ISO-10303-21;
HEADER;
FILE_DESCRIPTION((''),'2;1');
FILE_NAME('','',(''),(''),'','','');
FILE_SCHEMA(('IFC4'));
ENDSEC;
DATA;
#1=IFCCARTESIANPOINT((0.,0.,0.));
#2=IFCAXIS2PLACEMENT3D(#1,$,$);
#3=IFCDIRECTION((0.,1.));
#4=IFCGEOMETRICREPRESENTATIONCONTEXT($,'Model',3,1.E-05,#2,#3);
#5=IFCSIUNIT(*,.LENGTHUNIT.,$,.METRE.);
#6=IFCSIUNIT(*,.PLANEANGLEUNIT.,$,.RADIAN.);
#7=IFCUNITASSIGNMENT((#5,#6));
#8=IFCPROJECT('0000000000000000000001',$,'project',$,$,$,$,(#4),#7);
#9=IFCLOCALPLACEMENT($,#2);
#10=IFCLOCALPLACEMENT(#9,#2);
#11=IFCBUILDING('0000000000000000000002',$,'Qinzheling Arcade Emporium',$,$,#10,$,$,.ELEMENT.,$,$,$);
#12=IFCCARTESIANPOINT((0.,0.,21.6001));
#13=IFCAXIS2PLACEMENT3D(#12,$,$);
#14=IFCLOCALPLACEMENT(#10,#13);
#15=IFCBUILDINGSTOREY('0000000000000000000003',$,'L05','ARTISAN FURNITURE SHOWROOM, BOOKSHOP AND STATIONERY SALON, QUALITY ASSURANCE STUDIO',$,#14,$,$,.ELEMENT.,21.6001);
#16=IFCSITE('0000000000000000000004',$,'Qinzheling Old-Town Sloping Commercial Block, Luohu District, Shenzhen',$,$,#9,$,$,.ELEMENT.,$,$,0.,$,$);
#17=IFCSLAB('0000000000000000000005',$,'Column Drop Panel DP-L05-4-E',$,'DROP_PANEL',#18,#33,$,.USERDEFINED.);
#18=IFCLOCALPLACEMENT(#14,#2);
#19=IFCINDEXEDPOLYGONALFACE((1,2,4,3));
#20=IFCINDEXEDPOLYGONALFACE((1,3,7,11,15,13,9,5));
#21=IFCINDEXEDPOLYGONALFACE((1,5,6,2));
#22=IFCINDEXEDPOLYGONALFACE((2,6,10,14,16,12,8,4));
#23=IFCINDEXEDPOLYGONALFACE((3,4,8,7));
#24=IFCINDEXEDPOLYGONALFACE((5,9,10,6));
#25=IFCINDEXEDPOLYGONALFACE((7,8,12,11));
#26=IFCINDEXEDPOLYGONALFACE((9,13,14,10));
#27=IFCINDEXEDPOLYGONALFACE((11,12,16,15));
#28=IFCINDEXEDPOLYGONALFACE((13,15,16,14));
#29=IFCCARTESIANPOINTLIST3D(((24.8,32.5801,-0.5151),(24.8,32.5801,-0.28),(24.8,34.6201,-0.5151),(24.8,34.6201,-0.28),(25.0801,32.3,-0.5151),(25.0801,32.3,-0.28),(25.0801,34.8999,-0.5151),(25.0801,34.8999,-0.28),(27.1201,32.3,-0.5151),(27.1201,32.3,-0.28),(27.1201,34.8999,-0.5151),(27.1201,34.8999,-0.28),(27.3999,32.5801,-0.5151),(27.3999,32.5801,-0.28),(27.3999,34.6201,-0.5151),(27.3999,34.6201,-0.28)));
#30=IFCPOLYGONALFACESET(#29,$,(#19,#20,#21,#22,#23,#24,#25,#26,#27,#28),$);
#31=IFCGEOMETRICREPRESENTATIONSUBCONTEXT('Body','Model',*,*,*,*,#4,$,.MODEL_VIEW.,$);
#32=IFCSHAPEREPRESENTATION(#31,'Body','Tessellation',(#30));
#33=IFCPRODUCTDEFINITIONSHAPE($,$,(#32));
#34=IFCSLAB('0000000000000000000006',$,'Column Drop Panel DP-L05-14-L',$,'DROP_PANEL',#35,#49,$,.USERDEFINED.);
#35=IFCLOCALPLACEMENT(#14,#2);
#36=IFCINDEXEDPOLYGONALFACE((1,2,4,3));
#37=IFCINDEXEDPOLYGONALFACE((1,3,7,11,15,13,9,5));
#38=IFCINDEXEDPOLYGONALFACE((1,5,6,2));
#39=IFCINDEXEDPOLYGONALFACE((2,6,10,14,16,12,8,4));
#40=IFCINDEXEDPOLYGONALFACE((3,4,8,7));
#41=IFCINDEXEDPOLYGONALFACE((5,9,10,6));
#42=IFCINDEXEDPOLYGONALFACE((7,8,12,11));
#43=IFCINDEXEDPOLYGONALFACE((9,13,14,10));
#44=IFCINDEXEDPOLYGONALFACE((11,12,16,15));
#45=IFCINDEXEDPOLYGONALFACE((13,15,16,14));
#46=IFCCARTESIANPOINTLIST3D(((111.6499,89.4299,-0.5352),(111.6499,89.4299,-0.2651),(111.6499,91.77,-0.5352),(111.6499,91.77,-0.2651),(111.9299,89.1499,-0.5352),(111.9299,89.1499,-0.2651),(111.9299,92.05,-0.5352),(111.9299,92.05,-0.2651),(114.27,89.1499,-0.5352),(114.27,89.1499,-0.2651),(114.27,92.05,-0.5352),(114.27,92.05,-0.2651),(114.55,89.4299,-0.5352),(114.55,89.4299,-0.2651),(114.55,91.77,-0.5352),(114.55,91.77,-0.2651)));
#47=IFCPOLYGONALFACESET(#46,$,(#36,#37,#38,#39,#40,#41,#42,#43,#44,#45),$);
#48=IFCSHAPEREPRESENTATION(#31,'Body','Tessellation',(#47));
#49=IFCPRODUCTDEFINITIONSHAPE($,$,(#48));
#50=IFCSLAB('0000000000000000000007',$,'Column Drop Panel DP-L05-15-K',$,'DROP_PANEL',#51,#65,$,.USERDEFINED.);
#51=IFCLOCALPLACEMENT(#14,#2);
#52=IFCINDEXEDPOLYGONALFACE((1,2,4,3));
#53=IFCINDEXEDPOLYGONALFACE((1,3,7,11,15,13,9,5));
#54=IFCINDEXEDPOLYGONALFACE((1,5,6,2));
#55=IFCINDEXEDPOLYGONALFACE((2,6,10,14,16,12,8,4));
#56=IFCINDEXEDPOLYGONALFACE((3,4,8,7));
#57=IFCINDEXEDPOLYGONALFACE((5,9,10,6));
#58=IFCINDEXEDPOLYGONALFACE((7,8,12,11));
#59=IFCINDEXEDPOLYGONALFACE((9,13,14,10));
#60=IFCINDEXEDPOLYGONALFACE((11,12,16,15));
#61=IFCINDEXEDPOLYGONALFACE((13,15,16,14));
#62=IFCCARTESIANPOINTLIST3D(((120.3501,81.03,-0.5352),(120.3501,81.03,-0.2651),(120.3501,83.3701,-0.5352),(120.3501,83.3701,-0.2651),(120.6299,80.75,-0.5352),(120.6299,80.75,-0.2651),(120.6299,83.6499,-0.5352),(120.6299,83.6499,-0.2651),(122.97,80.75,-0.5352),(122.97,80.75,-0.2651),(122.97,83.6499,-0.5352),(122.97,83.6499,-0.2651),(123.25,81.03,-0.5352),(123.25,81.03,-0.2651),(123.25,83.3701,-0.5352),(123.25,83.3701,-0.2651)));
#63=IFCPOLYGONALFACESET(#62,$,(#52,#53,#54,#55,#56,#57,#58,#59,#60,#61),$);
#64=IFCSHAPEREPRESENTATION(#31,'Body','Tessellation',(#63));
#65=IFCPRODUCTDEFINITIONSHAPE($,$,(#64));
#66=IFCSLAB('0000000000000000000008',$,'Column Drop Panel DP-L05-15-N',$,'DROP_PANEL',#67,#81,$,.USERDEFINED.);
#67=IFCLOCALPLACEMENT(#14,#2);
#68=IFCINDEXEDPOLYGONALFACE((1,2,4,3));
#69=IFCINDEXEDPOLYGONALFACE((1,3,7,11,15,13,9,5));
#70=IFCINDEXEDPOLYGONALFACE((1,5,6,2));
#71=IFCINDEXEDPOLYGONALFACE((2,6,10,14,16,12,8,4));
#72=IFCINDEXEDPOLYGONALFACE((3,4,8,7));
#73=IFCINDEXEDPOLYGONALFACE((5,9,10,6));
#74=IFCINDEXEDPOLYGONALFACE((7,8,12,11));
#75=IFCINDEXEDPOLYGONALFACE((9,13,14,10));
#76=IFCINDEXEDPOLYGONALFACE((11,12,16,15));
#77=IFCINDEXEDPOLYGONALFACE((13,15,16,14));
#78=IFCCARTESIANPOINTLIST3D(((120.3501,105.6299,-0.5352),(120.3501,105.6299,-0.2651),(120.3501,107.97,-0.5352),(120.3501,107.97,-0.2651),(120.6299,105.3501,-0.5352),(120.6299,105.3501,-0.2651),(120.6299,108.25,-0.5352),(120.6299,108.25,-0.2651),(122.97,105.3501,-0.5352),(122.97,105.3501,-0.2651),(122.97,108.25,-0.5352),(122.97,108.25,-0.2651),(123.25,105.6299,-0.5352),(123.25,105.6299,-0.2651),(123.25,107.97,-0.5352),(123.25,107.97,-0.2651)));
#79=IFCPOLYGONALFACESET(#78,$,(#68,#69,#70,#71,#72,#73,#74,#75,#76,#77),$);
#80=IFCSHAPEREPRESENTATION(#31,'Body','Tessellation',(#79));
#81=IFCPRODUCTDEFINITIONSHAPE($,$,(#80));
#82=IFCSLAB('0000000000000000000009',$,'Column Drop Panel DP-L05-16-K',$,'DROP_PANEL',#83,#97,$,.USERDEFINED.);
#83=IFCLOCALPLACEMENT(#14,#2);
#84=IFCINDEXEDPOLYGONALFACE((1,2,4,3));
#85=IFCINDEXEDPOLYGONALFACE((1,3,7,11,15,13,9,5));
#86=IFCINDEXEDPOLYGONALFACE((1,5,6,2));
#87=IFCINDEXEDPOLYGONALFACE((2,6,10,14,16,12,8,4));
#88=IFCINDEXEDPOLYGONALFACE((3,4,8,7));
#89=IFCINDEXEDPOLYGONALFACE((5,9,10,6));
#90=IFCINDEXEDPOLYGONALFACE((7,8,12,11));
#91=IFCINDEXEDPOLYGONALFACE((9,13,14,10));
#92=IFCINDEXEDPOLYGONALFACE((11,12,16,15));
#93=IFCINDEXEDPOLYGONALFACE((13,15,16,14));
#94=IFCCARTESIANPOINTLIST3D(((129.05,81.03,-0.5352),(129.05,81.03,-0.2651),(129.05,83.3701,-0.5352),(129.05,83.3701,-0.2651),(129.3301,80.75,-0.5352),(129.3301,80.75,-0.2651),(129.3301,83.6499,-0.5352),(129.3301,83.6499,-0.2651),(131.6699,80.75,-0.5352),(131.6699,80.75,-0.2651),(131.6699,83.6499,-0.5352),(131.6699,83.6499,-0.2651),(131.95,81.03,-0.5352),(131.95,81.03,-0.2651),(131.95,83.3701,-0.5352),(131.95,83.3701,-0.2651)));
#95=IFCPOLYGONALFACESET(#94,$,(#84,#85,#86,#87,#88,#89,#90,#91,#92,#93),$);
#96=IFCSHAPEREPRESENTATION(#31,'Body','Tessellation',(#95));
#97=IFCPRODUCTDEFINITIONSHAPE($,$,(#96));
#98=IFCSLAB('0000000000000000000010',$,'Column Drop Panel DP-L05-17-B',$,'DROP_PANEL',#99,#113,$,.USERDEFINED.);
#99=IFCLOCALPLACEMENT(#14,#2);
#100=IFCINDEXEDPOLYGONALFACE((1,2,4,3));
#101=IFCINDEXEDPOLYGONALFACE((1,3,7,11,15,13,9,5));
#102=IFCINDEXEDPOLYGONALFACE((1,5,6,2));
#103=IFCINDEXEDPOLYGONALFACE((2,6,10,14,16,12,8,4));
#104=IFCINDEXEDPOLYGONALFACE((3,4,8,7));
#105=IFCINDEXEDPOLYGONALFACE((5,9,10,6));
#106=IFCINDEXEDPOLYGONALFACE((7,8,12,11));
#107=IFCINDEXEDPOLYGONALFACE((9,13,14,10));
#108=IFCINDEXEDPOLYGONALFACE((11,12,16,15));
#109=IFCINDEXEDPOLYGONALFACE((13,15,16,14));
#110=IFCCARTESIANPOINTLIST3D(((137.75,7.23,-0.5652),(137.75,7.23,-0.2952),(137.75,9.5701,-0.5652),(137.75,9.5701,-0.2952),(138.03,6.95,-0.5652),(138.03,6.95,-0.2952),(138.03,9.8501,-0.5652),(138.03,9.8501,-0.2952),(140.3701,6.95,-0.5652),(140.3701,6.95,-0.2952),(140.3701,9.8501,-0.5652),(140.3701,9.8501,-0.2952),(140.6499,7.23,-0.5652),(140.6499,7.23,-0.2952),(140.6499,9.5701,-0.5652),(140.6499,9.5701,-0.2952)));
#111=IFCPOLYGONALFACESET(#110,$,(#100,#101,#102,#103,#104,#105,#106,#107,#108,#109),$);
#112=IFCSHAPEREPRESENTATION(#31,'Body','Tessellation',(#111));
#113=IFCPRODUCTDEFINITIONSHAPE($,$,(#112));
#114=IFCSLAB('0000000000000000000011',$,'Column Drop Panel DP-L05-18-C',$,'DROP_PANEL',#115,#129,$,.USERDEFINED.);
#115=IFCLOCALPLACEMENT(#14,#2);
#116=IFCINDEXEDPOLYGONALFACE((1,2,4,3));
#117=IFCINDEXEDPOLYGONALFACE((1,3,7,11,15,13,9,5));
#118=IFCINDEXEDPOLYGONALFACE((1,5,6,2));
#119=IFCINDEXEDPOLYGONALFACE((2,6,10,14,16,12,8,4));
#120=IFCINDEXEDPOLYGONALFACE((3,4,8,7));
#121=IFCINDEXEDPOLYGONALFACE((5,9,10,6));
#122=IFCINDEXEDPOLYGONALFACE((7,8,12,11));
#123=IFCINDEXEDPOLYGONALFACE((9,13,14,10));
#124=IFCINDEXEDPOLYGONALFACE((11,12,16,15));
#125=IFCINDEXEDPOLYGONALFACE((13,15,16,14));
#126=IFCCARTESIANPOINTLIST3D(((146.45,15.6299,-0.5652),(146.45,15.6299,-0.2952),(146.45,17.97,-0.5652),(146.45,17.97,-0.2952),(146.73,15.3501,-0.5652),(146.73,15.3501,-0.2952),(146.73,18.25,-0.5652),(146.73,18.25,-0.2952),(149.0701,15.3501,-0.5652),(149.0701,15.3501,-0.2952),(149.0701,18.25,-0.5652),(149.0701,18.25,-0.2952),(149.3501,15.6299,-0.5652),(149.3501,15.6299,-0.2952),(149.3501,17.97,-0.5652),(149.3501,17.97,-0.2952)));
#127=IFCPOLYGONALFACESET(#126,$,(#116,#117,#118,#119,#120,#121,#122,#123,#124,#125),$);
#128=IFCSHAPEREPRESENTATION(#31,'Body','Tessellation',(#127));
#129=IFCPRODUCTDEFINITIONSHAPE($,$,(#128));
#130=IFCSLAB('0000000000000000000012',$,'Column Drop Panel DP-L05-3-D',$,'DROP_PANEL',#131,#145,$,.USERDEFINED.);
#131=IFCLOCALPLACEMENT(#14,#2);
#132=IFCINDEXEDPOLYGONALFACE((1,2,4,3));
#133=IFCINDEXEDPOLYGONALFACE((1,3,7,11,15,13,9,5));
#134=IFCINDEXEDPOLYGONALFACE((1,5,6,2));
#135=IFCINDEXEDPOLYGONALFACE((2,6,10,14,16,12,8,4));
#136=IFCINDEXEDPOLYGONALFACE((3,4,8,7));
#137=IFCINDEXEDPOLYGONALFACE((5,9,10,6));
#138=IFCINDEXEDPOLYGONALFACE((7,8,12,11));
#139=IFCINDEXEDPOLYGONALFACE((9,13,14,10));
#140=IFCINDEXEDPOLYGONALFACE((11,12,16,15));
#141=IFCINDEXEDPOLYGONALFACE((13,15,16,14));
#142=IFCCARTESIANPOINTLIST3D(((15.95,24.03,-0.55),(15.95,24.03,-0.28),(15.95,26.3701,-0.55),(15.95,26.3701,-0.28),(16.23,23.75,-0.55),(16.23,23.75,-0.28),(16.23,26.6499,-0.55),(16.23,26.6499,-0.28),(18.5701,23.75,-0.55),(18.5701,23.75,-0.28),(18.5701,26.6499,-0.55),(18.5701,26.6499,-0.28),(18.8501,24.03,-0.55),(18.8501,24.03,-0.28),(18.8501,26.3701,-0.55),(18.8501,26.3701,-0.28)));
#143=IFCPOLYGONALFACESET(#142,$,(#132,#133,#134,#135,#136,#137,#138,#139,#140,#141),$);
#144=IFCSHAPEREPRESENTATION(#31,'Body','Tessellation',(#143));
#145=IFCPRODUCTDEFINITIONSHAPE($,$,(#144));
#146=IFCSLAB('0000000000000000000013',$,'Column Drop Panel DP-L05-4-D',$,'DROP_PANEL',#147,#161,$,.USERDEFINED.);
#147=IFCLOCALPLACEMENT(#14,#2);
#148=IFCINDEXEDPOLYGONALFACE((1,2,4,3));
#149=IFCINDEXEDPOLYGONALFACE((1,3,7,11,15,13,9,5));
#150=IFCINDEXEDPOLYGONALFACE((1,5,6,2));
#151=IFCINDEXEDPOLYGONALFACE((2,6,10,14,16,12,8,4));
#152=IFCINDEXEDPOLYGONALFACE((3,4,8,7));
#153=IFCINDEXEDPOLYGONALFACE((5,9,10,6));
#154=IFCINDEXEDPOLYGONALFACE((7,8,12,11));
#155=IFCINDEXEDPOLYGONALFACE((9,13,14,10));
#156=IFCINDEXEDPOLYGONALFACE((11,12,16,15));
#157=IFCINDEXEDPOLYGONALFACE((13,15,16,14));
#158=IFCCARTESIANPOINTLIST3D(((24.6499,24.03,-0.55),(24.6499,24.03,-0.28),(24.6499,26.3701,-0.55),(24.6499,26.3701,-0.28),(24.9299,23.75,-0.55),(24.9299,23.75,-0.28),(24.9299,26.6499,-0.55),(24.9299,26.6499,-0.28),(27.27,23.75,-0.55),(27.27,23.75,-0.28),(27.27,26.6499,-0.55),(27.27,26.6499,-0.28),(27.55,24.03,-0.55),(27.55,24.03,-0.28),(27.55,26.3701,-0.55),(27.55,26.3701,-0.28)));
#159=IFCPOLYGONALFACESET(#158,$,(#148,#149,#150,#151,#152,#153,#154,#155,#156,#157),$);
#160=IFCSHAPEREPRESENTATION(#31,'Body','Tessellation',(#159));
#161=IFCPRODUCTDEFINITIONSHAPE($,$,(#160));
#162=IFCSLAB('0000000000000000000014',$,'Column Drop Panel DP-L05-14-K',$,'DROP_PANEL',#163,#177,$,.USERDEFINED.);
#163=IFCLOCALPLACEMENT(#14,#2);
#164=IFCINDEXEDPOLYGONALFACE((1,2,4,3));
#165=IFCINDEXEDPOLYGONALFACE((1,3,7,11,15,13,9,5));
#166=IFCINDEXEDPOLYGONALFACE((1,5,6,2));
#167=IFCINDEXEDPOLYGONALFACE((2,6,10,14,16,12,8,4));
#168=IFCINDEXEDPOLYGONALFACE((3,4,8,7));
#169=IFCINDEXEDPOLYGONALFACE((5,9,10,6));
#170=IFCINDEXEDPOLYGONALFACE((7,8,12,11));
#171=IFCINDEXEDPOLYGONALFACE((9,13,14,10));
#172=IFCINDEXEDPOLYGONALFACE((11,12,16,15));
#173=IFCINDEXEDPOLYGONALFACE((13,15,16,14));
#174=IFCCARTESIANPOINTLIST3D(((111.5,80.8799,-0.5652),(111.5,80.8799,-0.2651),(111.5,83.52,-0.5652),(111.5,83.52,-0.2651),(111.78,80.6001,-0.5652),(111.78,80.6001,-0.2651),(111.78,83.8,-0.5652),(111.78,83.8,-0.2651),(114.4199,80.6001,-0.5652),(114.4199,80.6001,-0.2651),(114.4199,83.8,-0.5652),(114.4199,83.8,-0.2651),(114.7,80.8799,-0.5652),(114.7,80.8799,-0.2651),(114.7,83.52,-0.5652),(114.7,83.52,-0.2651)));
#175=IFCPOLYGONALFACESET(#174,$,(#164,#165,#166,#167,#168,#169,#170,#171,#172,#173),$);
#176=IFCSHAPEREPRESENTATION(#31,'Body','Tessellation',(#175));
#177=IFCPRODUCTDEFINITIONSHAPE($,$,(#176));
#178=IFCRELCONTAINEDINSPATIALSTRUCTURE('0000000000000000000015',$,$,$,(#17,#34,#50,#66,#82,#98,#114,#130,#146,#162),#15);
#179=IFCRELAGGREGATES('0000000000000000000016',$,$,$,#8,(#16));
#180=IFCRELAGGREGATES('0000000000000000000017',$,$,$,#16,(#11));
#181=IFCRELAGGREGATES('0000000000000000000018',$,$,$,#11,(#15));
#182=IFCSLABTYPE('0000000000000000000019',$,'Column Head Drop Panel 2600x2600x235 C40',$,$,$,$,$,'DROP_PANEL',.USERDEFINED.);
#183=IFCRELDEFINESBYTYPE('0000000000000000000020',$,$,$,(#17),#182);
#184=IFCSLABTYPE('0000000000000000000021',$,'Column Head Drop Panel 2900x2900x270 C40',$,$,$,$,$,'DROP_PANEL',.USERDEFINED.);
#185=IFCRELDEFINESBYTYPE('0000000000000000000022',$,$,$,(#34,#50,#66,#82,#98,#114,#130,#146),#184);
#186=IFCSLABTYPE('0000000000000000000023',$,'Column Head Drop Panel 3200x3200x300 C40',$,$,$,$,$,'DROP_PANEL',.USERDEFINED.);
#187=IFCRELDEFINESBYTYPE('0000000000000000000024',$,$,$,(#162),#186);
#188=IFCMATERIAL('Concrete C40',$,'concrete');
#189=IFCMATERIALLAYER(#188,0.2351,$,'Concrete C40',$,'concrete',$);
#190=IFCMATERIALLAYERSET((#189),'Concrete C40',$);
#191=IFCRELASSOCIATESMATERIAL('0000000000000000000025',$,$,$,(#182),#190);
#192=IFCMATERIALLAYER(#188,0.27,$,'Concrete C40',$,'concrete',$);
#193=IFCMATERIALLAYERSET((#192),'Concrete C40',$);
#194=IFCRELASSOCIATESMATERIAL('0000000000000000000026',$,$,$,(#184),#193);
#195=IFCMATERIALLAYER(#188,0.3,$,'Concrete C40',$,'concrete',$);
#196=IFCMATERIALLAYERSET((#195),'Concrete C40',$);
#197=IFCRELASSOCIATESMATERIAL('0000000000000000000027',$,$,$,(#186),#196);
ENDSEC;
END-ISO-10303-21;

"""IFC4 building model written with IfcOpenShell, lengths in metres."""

from ifc_helpers import new_model, si_unit, direction, frame, origin, place, context, subcontext, project, spatial, polyline, outline, extrude, material, layer, layer_set, type_object, element, save


model = new_model("IFC4")

# Units and contexts
model_context = context("Model", 3, precision=1e-05, world=origin(), true_north=direction((0.0, 1.0)))
body_context = subcontext(model_context, "Body", "Model", "MODEL_VIEW")
ifc_project = project(units=[si_unit("LENGTHUNIT", "METRE"), si_unit("PLANEANGLEUNIT", "RADIAN")], contexts=[model_context])

# Site, building, storey
site_placement = place(None, origin())
site = spatial("IfcSite", under=ifc_project, at=site_placement, Name="Qinzheling Old-Town Sloping Commercial Block, Luohu District, Shenzhen", CompositionType="ELEMENT", RefElevation=0.0)
building_placement = place(site_placement, origin())
building = spatial("IfcBuilding", under=site, at=building_placement, Name="Qinzheling Arcade Emporium", CompositionType="ELEMENT")
storey_placement = place(building_placement, frame((0.0, 0.0, 21.6001)))
storey = spatial("IfcBuildingStorey", under=building, at=storey_placement, Name="L05", Description="ARTISAN FURNITURE SHOWROOM, BOOKSHOP AND STATIONERY SALON, QUALITY ASSURANCE STUDIO", CompositionType="ELEMENT", Elevation=21.6001)

# Slabs
ifc_material = material(Name="Concrete C40", Category="concrete")
ifc_layer_1 = layer(ifc_material, 0.2351, Name="Concrete C40", Category="concrete")
ifc_layer_set_1 = layer_set([ifc_layer_1], Name="Concrete C40")
slab_type_1 = type_object("IfcSlabType", Name="Column Head Drop Panel 2600x2600x235 C40", ElementType="DROP_PANEL", PredefinedType="USERDEFINED", material=ifc_layer_set_1)
slab_1_placement = place(storey_placement, frame((0.0, 0.0, -0.5151)))
element("IfcSlab", 1, at=slab_1_placement, inside=storey, type_object=slab_type_1, Name="Column Drop Panel DP-L05-4-E", ObjectType="DROP_PANEL", PredefinedType="USERDEFINED", context=body_context, shape_type="SweptSolid", body=[
    extrude(outline(polyline([(25.0801, 32.3), (27.1201, 32.3), (27.3999, 32.5801), (27.3999, 34.6201), (27.1201, 34.8999), (25.0801, 34.8999), (24.8, 34.6201), (24.8, 32.5801), (25.0801, 32.3)])), origin(), (0.0, 0.0, 1.0), 0.2351),
])
ifc_layer_2 = layer(ifc_material, 0.27, Name="Concrete C40", Category="concrete")
ifc_layer_set_2 = layer_set([ifc_layer_2], Name="Concrete C40")
slab_type_2 = type_object("IfcSlabType", Name="Column Head Drop Panel 2900x2900x270 C40", ElementType="DROP_PANEL", PredefinedType="USERDEFINED", material=ifc_layer_set_2)
slab_2_placement = place(storey_placement, frame((0.0, 0.0, -0.5352)))
element("IfcSlab", 2, at=slab_2_placement, inside=storey, type_object=slab_type_2, Name="Column Drop Panel DP-L05-14-L", ObjectType="DROP_PANEL", PredefinedType="USERDEFINED", context=body_context, shape_type="SweptSolid", body=[
    extrude(outline(polyline([(111.9299, 89.1499), (114.27, 89.1499), (114.55, 89.4299), (114.55, 91.77), (114.27, 92.05), (111.9299, 92.05), (111.6499, 91.77), (111.6499, 89.4299), (111.9299, 89.1499)])), origin(), (0.0, 0.0, 1.0), 0.27),
])
slab_3_placement = place(storey_placement, frame((0.0, 0.0, -0.5352)))
element("IfcSlab", 3, at=slab_3_placement, inside=storey, type_object=slab_type_2, Name="Column Drop Panel DP-L05-15-K", ObjectType="DROP_PANEL", PredefinedType="USERDEFINED", context=body_context, shape_type="SweptSolid", body=[
    extrude(outline(polyline([(120.6299, 80.75), (122.97, 80.75), (123.25, 81.03), (123.25, 83.3701), (122.97, 83.6499), (120.6299, 83.6499), (120.3501, 83.3701), (120.3501, 81.03), (120.6299, 80.75)])), origin(), (0.0, 0.0, 1.0), 0.27),
])
slab_4_placement = place(storey_placement, frame((0.0, 0.0, -0.5352)))
element("IfcSlab", 4, at=slab_4_placement, inside=storey, type_object=slab_type_2, Name="Column Drop Panel DP-L05-15-N", ObjectType="DROP_PANEL", PredefinedType="USERDEFINED", context=body_context, shape_type="SweptSolid", body=[
    extrude(outline(polyline([(120.6299, 105.3501), (122.97, 105.3501), (123.25, 105.6299), (123.25, 107.97), (122.97, 108.25), (120.6299, 108.25), (120.3501, 107.97), (120.3501, 105.6299), (120.6299, 105.3501)])), origin(), (0.0, 0.0, 1.0), 0.27),
])
slab_5_placement = place(storey_placement, frame((0.0, 0.0, -0.5352)))
element("IfcSlab", 5, at=slab_5_placement, inside=storey, type_object=slab_type_2, Name="Column Drop Panel DP-L05-16-K", ObjectType="DROP_PANEL", PredefinedType="USERDEFINED", context=body_context, shape_type="SweptSolid", body=[
    extrude(outline(polyline([(129.3301, 80.75), (131.6699, 80.75), (131.95, 81.03), (131.95, 83.3701), (131.6699, 83.6499), (129.3301, 83.6499), (129.05, 83.3701), (129.05, 81.03), (129.3301, 80.75)])), origin(), (0.0, 0.0, 1.0), 0.27),
])
slab_6_placement = place(storey_placement, frame((0.0, 0.0, -0.5652)))
element("IfcSlab", 6, at=slab_6_placement, inside=storey, type_object=slab_type_2, Name="Column Drop Panel DP-L05-17-B", ObjectType="DROP_PANEL", PredefinedType="USERDEFINED", context=body_context, shape_type="SweptSolid", body=[
    extrude(outline(polyline([(138.03, 6.95), (140.3701, 6.95), (140.6499, 7.23), (140.6499, 9.5701), (140.3701, 9.8501), (138.03, 9.8501), (137.75, 9.5701), (137.75, 7.23), (138.03, 6.95)])), origin(), (0.0, 0.0, 1.0), 0.27),
])
slab_7_placement = place(storey_placement, frame((0.0, 0.0, -0.5652)))
element("IfcSlab", 7, at=slab_7_placement, inside=storey, type_object=slab_type_2, Name="Column Drop Panel DP-L05-18-C", ObjectType="DROP_PANEL", PredefinedType="USERDEFINED", context=body_context, shape_type="SweptSolid", body=[
    extrude(outline(polyline([(146.73, 15.3501), (149.0701, 15.3501), (149.3501, 15.6299), (149.3501, 17.97), (149.0701, 18.25), (146.73, 18.25), (146.45, 17.97), (146.45, 15.6299), (146.73, 15.3501)])), origin(), (0.0, 0.0, 1.0), 0.27),
])
slab_8_placement = place(storey_placement, frame((0.0, 0.0, -0.55)))
element("IfcSlab", 8, at=slab_8_placement, inside=storey, type_object=slab_type_2, Name="Column Drop Panel DP-L05-3-D", ObjectType="DROP_PANEL", PredefinedType="USERDEFINED", context=body_context, shape_type="SweptSolid", body=[
    extrude(outline(polyline([(16.23, 23.75), (18.5701, 23.75), (18.8501, 24.03), (18.8501, 26.3701), (18.5701, 26.6499), (16.23, 26.6499), (15.95, 26.3701), (15.95, 24.03), (16.23, 23.75)])), origin(), (0.0, 0.0, 1.0), 0.27),
])
slab_9_placement = place(storey_placement, frame((0.0, 0.0, -0.55)))
element("IfcSlab", 9, at=slab_9_placement, inside=storey, type_object=slab_type_2, Name="Column Drop Panel DP-L05-4-D", ObjectType="DROP_PANEL", PredefinedType="USERDEFINED", context=body_context, shape_type="SweptSolid", body=[
    extrude(outline(polyline([(24.9299, 23.75), (27.27, 23.75), (27.55, 24.03), (27.55, 26.3701), (27.27, 26.6499), (24.9299, 26.6499), (24.6499, 26.3701), (24.6499, 24.03), (24.9299, 23.75)])), origin(), (0.0, 0.0, 1.0), 0.27),
])
ifc_layer_3 = layer(ifc_material, 0.3, Name="Concrete C40", Category="concrete")
ifc_layer_set_3 = layer_set([ifc_layer_3], Name="Concrete C40")
slab_type_3 = type_object("IfcSlabType", Name="Column Head Drop Panel 3200x3200x300 C40", ElementType="DROP_PANEL", PredefinedType="USERDEFINED", material=ifc_layer_set_3)
slab_10_placement = place(storey_placement, frame((0.0, 0.0, -0.5652)))
element("IfcSlab", 10, at=slab_10_placement, inside=storey, type_object=slab_type_3, Name="Column Drop Panel DP-L05-14-K", ObjectType="DROP_PANEL", PredefinedType="USERDEFINED", context=body_context, shape_type="SweptSolid", body=[
    extrude(outline(polyline([(111.78, 80.6001), (114.4199, 80.6001), (114.7, 80.8799), (114.7, 83.52), (114.4199, 83.8), (111.78, 83.8), (111.5, 83.52), (111.5, 80.8799), (111.78, 80.6001)])), origin(), (0.0, 0.0, 1.0), 0.3),
])

save(model, "model.ifc")
